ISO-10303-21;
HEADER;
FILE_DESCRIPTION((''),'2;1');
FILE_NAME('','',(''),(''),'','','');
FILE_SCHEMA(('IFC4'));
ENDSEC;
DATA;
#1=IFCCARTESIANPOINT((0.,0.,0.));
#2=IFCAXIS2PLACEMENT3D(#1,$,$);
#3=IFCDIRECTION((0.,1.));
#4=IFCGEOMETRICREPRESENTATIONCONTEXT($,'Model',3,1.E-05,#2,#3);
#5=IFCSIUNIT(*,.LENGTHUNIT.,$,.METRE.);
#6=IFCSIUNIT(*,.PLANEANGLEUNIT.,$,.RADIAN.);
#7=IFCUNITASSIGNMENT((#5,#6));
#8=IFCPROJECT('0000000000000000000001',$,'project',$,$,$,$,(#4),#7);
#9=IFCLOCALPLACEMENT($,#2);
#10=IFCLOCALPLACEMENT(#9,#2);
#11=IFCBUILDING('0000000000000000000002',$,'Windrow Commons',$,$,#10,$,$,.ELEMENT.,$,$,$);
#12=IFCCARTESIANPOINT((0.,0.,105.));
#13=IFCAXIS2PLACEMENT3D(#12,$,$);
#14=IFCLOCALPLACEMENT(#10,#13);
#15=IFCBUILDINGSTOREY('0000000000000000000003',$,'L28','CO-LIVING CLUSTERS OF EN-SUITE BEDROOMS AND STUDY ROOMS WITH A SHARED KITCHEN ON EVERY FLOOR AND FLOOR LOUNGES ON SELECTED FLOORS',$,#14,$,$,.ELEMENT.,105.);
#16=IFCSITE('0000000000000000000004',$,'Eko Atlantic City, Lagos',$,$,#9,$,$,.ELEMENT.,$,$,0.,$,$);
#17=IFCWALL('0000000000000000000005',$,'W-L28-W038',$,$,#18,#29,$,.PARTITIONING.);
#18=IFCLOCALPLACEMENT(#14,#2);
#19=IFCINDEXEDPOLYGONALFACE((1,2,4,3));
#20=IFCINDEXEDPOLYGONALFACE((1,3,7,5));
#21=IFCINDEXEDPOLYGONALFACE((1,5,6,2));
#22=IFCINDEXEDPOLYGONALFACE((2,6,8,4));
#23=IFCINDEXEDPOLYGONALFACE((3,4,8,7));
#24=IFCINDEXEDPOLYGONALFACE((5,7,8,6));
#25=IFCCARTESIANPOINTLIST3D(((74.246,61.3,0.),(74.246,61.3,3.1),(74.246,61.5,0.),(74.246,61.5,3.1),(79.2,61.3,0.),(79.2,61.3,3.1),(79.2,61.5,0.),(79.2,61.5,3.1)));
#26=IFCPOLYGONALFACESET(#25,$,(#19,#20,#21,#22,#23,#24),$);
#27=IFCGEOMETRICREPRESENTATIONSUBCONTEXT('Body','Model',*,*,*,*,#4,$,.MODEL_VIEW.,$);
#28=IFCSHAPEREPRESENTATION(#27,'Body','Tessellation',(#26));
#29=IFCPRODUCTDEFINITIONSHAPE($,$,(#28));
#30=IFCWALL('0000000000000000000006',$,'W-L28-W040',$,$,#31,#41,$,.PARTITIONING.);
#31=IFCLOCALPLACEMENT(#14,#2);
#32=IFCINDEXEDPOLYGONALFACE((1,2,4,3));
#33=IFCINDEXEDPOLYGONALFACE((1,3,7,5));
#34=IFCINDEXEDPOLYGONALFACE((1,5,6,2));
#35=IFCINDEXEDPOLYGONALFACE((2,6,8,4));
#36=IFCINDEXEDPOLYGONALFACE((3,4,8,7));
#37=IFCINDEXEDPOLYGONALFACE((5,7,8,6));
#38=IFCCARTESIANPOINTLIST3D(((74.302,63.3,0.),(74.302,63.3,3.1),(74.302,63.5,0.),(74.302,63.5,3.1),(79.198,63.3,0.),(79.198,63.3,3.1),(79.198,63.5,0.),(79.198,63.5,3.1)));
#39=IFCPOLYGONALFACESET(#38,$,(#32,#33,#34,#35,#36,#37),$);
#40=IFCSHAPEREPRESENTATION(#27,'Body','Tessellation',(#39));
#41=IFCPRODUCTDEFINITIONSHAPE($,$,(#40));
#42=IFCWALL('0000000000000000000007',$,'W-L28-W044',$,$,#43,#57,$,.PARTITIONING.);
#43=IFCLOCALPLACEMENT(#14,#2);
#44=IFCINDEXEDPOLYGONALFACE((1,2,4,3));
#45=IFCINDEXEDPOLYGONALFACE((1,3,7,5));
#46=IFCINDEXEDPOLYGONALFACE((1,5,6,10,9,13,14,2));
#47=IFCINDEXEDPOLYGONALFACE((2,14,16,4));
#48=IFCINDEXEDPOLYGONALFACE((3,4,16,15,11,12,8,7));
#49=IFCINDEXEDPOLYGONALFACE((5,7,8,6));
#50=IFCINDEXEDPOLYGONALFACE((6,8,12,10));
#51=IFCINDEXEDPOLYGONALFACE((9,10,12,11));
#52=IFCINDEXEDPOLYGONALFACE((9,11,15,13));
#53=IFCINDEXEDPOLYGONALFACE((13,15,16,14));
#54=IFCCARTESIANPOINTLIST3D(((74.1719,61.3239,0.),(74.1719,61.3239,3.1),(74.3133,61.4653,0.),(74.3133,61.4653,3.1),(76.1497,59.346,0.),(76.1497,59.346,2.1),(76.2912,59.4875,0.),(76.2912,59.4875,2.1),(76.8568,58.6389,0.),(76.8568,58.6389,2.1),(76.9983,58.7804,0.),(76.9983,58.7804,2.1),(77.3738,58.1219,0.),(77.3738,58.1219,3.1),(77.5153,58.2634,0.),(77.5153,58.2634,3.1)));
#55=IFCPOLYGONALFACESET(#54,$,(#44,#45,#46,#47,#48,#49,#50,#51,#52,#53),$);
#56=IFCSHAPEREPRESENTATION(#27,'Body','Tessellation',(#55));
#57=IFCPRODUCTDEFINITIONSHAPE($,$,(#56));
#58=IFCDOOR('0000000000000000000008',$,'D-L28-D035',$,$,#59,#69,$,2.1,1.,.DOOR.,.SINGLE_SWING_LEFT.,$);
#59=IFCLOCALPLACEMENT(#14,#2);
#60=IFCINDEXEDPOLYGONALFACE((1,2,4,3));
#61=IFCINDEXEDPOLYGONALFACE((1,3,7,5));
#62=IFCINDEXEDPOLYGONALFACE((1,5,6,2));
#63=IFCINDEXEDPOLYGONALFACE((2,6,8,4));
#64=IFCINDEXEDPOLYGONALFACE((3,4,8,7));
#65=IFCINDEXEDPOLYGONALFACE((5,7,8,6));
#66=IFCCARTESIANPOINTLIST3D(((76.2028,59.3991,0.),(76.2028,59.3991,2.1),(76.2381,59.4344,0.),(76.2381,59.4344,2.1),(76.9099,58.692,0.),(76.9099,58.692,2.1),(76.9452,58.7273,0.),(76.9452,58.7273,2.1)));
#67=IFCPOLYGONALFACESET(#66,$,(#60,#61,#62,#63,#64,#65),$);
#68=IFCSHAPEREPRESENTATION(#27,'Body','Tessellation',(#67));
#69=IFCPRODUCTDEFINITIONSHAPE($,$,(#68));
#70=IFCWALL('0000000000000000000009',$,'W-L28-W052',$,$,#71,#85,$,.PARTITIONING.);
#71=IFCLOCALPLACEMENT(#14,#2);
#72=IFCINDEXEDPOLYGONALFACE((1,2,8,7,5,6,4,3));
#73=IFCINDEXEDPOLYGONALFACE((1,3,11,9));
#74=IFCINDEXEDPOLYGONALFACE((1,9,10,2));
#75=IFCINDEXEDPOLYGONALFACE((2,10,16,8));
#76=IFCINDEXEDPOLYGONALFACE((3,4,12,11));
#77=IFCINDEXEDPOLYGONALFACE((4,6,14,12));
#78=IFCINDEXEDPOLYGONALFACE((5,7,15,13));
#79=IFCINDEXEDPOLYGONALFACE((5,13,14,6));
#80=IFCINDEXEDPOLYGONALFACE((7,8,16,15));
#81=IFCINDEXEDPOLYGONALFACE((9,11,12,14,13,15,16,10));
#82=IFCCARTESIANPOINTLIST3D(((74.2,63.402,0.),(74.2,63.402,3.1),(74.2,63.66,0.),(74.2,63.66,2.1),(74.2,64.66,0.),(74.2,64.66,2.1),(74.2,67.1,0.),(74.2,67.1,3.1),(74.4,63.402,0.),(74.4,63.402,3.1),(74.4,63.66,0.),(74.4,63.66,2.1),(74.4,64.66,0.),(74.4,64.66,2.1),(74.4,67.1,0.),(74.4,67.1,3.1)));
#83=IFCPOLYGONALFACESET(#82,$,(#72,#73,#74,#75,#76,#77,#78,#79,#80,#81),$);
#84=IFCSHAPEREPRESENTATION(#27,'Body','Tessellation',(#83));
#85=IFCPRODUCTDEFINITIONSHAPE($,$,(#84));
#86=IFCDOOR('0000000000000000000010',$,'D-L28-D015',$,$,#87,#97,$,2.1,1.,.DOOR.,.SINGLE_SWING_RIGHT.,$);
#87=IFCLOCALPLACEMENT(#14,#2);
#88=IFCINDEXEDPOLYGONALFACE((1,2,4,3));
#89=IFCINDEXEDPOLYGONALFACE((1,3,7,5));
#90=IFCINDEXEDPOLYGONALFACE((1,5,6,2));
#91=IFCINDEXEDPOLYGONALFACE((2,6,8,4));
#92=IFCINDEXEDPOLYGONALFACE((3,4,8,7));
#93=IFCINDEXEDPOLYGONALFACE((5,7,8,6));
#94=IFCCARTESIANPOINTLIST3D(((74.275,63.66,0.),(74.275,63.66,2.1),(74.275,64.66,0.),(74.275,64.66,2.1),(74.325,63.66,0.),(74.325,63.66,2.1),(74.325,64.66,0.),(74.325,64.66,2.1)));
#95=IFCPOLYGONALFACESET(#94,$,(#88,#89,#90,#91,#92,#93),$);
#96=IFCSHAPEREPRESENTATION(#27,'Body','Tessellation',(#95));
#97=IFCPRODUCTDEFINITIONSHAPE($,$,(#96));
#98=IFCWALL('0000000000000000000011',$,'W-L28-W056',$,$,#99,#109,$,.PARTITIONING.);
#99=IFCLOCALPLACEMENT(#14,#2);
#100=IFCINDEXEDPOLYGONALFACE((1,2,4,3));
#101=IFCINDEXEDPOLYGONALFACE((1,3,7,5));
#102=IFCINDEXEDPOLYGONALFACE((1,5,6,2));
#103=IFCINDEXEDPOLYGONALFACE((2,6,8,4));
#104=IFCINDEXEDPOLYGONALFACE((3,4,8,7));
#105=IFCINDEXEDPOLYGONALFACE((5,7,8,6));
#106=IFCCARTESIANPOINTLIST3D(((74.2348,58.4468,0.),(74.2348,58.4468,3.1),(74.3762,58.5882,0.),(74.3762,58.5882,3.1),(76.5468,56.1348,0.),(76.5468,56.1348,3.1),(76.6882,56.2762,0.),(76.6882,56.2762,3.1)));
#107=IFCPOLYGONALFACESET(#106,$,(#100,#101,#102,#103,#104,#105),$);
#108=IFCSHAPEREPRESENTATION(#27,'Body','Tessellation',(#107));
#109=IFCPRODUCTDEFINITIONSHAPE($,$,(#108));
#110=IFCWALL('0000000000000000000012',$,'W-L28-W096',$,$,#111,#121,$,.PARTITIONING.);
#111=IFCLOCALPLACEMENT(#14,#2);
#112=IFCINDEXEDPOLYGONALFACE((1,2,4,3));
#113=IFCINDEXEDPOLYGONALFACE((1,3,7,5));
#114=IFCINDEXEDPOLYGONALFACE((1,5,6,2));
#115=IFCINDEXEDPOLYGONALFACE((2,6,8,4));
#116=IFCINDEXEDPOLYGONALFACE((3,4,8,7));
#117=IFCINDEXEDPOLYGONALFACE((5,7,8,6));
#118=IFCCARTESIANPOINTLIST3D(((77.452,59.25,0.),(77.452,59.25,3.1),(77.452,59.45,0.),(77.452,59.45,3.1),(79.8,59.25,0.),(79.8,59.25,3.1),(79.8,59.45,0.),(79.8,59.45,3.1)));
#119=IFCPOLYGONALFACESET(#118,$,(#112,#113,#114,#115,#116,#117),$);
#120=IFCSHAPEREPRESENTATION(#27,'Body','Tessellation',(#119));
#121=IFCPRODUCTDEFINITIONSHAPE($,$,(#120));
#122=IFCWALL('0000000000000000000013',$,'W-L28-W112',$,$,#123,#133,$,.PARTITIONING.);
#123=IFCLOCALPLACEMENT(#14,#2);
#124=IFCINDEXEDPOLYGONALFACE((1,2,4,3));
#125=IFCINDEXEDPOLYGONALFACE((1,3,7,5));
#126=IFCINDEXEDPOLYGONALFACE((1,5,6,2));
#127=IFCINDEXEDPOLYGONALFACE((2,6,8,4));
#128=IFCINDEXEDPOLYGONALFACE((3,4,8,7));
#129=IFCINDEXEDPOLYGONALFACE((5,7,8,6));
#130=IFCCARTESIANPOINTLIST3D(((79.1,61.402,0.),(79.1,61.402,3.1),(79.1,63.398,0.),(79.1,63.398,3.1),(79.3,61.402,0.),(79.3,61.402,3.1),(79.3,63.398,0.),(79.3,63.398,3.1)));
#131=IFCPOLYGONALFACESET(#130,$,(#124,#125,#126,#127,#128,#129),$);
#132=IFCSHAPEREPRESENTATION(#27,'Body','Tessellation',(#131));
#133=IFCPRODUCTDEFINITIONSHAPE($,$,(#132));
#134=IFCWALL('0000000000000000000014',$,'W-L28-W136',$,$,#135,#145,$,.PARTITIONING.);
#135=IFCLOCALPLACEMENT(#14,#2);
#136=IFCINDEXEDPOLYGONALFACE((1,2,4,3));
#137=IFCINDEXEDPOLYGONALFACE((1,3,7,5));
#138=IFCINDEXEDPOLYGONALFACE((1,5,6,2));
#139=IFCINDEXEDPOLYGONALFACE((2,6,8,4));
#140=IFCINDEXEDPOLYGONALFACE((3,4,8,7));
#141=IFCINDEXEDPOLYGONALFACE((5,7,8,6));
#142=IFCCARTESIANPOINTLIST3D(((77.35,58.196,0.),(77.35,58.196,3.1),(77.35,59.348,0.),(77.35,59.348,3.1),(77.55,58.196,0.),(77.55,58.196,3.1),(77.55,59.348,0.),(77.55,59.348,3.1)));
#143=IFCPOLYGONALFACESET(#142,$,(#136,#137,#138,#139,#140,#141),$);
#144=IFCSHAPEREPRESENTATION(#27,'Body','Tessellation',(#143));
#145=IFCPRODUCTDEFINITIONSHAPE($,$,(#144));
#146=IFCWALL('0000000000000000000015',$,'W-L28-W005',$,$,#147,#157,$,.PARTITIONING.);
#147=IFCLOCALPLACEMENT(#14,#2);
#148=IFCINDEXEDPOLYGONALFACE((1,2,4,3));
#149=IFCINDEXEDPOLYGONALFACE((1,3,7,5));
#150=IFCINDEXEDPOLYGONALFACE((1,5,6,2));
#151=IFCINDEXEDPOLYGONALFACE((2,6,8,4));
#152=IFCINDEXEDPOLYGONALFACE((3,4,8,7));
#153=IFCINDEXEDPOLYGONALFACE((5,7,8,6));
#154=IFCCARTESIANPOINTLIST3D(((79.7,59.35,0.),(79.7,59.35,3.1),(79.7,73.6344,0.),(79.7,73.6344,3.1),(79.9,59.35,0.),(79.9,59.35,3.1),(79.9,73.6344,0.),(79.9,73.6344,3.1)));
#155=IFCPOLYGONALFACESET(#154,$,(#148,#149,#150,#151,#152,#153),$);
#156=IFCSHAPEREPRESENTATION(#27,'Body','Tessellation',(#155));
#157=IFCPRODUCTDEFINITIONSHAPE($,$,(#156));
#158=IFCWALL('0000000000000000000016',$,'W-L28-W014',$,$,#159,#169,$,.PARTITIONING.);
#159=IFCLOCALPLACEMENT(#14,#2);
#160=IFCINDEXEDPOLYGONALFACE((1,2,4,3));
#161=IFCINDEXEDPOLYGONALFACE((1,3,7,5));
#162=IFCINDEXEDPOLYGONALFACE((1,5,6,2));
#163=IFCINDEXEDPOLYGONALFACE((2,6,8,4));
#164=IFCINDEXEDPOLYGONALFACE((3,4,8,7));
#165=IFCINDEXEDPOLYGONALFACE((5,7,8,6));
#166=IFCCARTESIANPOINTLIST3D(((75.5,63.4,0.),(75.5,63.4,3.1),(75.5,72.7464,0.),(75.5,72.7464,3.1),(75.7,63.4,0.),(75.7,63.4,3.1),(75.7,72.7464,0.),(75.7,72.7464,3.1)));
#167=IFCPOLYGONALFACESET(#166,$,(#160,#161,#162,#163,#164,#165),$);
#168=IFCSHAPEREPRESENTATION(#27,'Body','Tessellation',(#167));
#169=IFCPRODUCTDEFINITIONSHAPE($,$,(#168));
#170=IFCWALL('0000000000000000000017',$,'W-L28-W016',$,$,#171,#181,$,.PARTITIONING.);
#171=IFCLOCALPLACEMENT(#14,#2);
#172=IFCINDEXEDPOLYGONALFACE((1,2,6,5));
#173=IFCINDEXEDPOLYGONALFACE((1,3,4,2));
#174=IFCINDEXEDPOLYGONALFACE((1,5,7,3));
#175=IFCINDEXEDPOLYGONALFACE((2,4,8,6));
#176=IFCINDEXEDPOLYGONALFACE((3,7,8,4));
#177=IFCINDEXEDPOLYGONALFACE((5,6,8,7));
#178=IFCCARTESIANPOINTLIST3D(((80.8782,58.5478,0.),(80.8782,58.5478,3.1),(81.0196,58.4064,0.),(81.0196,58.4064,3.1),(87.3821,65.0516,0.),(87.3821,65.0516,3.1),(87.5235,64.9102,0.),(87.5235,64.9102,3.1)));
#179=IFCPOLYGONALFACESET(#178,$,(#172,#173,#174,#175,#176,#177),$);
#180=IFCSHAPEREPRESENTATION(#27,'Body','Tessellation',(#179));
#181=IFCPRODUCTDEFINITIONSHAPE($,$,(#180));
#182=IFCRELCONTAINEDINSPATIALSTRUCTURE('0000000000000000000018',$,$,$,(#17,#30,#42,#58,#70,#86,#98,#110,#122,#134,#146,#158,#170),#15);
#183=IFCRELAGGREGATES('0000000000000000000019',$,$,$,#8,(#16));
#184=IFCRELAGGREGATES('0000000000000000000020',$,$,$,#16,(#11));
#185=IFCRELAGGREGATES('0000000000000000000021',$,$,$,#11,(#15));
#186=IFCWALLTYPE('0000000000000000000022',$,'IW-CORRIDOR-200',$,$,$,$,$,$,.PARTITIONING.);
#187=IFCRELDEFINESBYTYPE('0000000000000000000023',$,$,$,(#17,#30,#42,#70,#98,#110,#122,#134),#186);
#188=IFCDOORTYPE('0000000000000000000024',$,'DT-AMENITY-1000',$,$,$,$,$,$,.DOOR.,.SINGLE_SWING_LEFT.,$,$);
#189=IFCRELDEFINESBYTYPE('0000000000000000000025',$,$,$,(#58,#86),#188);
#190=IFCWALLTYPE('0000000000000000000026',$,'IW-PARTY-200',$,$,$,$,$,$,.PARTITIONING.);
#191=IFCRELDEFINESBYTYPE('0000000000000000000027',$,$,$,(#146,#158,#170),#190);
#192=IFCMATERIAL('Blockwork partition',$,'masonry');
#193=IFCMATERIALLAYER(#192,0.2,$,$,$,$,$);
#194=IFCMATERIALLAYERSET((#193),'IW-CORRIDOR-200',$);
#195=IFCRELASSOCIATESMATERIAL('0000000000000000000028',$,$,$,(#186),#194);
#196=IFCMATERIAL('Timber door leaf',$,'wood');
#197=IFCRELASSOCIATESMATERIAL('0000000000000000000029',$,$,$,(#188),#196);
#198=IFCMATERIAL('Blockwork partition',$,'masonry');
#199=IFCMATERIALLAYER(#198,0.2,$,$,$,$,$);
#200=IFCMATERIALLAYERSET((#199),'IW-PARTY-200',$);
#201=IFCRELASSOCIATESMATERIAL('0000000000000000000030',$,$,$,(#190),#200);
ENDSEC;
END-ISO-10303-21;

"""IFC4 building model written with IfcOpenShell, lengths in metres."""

from ifc_helpers import new_model, si_unit, direction, frame, frame_2d, origin, place, context, subcontext, project, spatial, rectangle, extrude, material, layer, layer_set, type_object, element, fill, save


model = new_model("IFC4")

# Units and contexts
model_context = context("Model", 3, precision=1e-05, world=origin(), true_north=direction((0.0, 1.0)))
body_context = subcontext(model_context, "Body", "Model", "MODEL_VIEW")
ifc_project = project(units=[si_unit("LENGTHUNIT", "METRE"), si_unit("PLANEANGLEUNIT", "RADIAN")], contexts=[model_context])

# Site, building, storey
site_placement = place(None, origin())
site = spatial("IfcSite", under=ifc_project, at=site_placement, Name="Eko Atlantic City, Lagos", CompositionType="ELEMENT", RefElevation=0.0)
building_placement = place(site_placement, origin())
building = spatial("IfcBuilding", under=site, at=building_placement, Name="Windrow Commons", CompositionType="ELEMENT")
storey_placement = place(building_placement, frame((0.0, 0.0, 105.0)))
storey = spatial("IfcBuildingStorey", under=building, at=storey_placement, Name="L28", Description="CO-LIVING CLUSTERS OF EN-SUITE BEDROOMS AND STUDY ROOMS WITH A SHARED KITCHEN ON EVERY FLOOR AND FLOOR LOUNGES ON SELECTED FLOORS", CompositionType="ELEMENT", Elevation=105.0)

# Walls
ifc_material_1 = material(Name="Blockwork partition", Category="masonry")
ifc_layer_1 = layer(ifc_material_1, 0.2)
ifc_layer_set_1 = layer_set([ifc_layer_1], Name="IW-CORRIDOR-200")
wall_type_1 = type_object("IfcWallType", Name="IW-CORRIDOR-200", PredefinedType="PARTITIONING", material=ifc_layer_set_1)
wall_1_placement = place(storey_placement, frame((74.246, 61.4, 0.0), z_axis=(0.0, 0.0, 1.0), x_axis=(1.0, 0.0, 0.0)))
element("IfcWall", 1, at=wall_1_placement, inside=storey, type_object=wall_type_1, Name="W-L28-W038", PredefinedType="PARTITIONING", context=body_context, shape_type="SweptSolid", body=[
    extrude(rectangle(XDim=4.954, YDim=0.2, at=frame_2d((2.477, 0.0))), origin(), (0.0, 0.0, 1.0), 3.1),
])
wall_2_placement = place(storey_placement, frame((74.302, 63.4, 0.0), z_axis=(0.0, 0.0, 1.0), x_axis=(1.0, 0.0, 0.0)))
element("IfcWall", 2, at=wall_2_placement, inside=storey, type_object=wall_type_1, Name="W-L28-W040", PredefinedType="PARTITIONING", context=body_context, shape_type="SweptSolid", body=[
    extrude(rectangle(XDim=4.896, YDim=0.2, at=frame_2d((2.448, 0.0))), origin(), (0.0, 0.0, 1.0), 3.1),
])

# Walls, openings, doors
wall_3_placement = place(storey_placement, frame((74.2426, 61.3946, 0.0), z_axis=(0.0, 0.0, 1.0), x_axis=(0.707107, -0.707107, 0.0)))
wall_3 = element("IfcWall", 3, at=wall_3_placement, inside=storey, type_object=wall_type_1, Name="W-L28-W044", PredefinedType="PARTITIONING", context=body_context, shape_type="SweptSolid", body=[
    extrude(rectangle(XDim=4.5283, YDim=0.2, at=frame_2d((2.2641, 0.0))), origin(), (0.0, 0.0, 1.0), 3.1),
])
opening_1_placement = place(wall_3_placement, frame((2.7971, 0.0, 0.0)))
opening_1 = element("IfcOpeningElement", 4, at=opening_1_placement, cuts=wall_3, PredefinedType="OPENING", context=body_context, shape_type="SweptSolid", body=[
    extrude(rectangle(XDim=1.0, YDim=2.1, at=frame_2d((0.5, 1.05))), frame((0.0, 0.11, 0.0), z_axis=(0.0, -1.0, 0.0), x_axis=(1.0, 0.0, 0.0)), (0.0, 0.0, 1.0), 0.22),
])
ifc_material_2 = material(Name="Timber door leaf", Category="wood")
door_type = type_object("IfcDoorType", Name="DT-AMENITY-1000", OperationType="SINGLE_SWING_LEFT", PredefinedType="DOOR", material=ifc_material_2)
door_1_placement = place(opening_1_placement, origin())
door_1 = element("IfcDoor", 5, at=door_1_placement, inside=storey, type_object=door_type, Name="D-L28-D035", OperationType="SINGLE_SWING_LEFT", OverallHeight=2.1, OverallWidth=1.0, PredefinedType="DOOR", context=body_context, shape_type="SweptSolid", body=[
    extrude(rectangle(XDim=1.0, YDim=2.1, at=frame_2d((0.5, 1.05))), frame((0.0, 0.025, 0.0), z_axis=(0.0, -1.0, 0.0), x_axis=(1.0, 0.0, 0.0)), (0.0, 0.0, 1.0), 0.05),
])
fill(opening_1, door_1)
wall_4_placement = place(storey_placement, frame((74.3, 63.402, 0.0), z_axis=(0.0, 0.0, 1.0), x_axis=(0.0, 1.0, 0.0)))
wall_4 = element("IfcWall", 6, at=wall_4_placement, inside=storey, type_object=wall_type_1, Name="W-L28-W052", PredefinedType="PARTITIONING", context=body_context, shape_type="SweptSolid", body=[
    extrude(rectangle(XDim=3.698, YDim=0.2, at=frame_2d((1.849, 0.0))), origin(), (0.0, 0.0, 1.0), 3.1),
])
opening_2_placement = place(wall_4_placement, frame((0.258, 0.0, 0.0)))
opening_2 = element("IfcOpeningElement", 7, at=opening_2_placement, cuts=wall_4, PredefinedType="OPENING", context=body_context, shape_type="SweptSolid", body=[
    extrude(rectangle(XDim=1.0, YDim=2.1, at=frame_2d((0.5, 1.05))), frame((0.0, 0.11, 0.0), z_axis=(0.0, -1.0, 0.0), x_axis=(1.0, 0.0, 0.0)), (0.0, 0.0, 1.0), 0.22),
])
door_2_placement = place(opening_2_placement, origin())
door_2 = element("IfcDoor", 8, at=door_2_placement, inside=storey, type_object=door_type, Name="D-L28-D015", OperationType="SINGLE_SWING_RIGHT", OverallHeight=2.1, OverallWidth=1.0, PredefinedType="DOOR", context=body_context, shape_type="SweptSolid", body=[
    extrude(rectangle(XDim=1.0, YDim=2.1, at=frame_2d((0.5, 1.05))), frame((0.0, 0.025, 0.0), z_axis=(0.0, -1.0, 0.0), x_axis=(1.0, 0.0, 0.0)), (0.0, 0.0, 1.0), 0.05),
])
fill(opening_2, door_2)

# Walls
wall_5_placement = place(storey_placement, frame((74.3055, 58.5175, 0.0), z_axis=(0.0, 0.0, 1.0), x_axis=(0.707107, -0.707107, 0.0)))
element("IfcWall", 9, at=wall_5_placement, inside=storey, type_object=wall_type_1, Name="W-L28-W056", PredefinedType="PARTITIONING", context=body_context, shape_type="SweptSolid", body=[
    extrude(rectangle(XDim=3.2697, YDim=0.2, at=frame_2d((1.6348, 0.0))), origin(), (0.0, 0.0, 1.0), 3.1),
])
wall_6_placement = place(storey_placement, frame((77.452, 59.35, 0.0), z_axis=(0.0, 0.0, 1.0), x_axis=(1.0, 0.0, 0.0)))
element("IfcWall", 10, at=wall_6_placement, inside=storey, type_object=wall_type_1, Name="W-L28-W096", PredefinedType="PARTITIONING", context=body_context, shape_type="SweptSolid", body=[
    extrude(rectangle(XDim=2.348, YDim=0.2, at=frame_2d((1.174, 0.0))), origin(), (0.0, 0.0, 1.0), 3.1),
])
wall_7_placement = place(storey_placement, frame((79.2, 61.402, 0.0), z_axis=(0.0, 0.0, 1.0), x_axis=(0.0, 1.0, 0.0)))
element("IfcWall", 11, at=wall_7_placement, inside=storey, type_object=wall_type_1, Name="W-L28-W112", PredefinedType="PARTITIONING", context=body_context, shape_type="SweptSolid", body=[
    extrude(rectangle(XDim=1.996, YDim=0.2, at=frame_2d((0.998, 0.0))), origin(), (0.0, 0.0, 1.0), 3.1),
])
wall_8_placement = place(storey_placement, frame((77.45, 58.196, 0.0), z_axis=(0.0, 0.0, 1.0), x_axis=(0.0, 1.0, 0.0)))
element("IfcWall", 12, at=wall_8_placement, inside=storey, type_object=wall_type_1, Name="W-L28-W136", PredefinedType="PARTITIONING", context=body_context, shape_type="SweptSolid", body=[
    extrude(rectangle(XDim=1.152, YDim=0.2, at=frame_2d((0.576, 0.0))), origin(), (0.0, 0.0, 1.0), 3.1),
])
ifc_material_3 = material(Name="Blockwork partition", Category="masonry")
ifc_layer_2 = layer(ifc_material_3, 0.2)
ifc_layer_set_2 = layer_set([ifc_layer_2], Name="IW-PARTY-200")
wall_type_2 = type_object("IfcWallType", Name="IW-PARTY-200", PredefinedType="PARTITIONING", material=ifc_layer_set_2)
wall_9_placement = place(storey_placement, frame((79.8, 59.35, 0.0), z_axis=(0.0, 0.0, 1.0), x_axis=(0.0, 1.0, 0.0)))
element("IfcWall", 13, at=wall_9_placement, inside=storey, type_object=wall_type_2, Name="W-L28-W005", PredefinedType="PARTITIONING", context=body_context, shape_type="SweptSolid", body=[
    extrude(rectangle(XDim=14.2844, YDim=0.2, at=frame_2d((7.1422, 0.0))), origin(), (0.0, 0.0, 1.0), 3.1),
])
wall_10_placement = place(storey_placement, frame((75.6, 63.4, 0.0), z_axis=(0.0, 0.0, 1.0), x_axis=(0.0, 1.0, 0.0)))
element("IfcWall", 14, at=wall_10_placement, inside=storey, type_object=wall_type_2, Name="W-L28-W014", PredefinedType="PARTITIONING", context=body_context, shape_type="SweptSolid", body=[
    extrude(rectangle(XDim=9.3464, YDim=0.2, at=frame_2d((4.6732, 0.0))), origin(), (0.0, 0.0, 1.0), 3.1),
])
wall_11_placement = place(storey_placement, frame((80.9489, 58.4771, 0.0), z_axis=(0.0, 0.0, 1.0), x_axis=(0.707112, 0.707101, 0.0)))
element("IfcWall", 15, at=wall_11_placement, inside=storey, type_object=wall_type_2, Name="W-L28-W016", PredefinedType="PARTITIONING", context=body_context, shape_type="SweptSolid", body=[
    extrude(rectangle(XDim=9.1978, YDim=0.2, at=frame_2d((4.5989, 0.0))), origin(), (0.0, 0.0, 1.0), 3.1),
])

save(model, "model.ifc")
